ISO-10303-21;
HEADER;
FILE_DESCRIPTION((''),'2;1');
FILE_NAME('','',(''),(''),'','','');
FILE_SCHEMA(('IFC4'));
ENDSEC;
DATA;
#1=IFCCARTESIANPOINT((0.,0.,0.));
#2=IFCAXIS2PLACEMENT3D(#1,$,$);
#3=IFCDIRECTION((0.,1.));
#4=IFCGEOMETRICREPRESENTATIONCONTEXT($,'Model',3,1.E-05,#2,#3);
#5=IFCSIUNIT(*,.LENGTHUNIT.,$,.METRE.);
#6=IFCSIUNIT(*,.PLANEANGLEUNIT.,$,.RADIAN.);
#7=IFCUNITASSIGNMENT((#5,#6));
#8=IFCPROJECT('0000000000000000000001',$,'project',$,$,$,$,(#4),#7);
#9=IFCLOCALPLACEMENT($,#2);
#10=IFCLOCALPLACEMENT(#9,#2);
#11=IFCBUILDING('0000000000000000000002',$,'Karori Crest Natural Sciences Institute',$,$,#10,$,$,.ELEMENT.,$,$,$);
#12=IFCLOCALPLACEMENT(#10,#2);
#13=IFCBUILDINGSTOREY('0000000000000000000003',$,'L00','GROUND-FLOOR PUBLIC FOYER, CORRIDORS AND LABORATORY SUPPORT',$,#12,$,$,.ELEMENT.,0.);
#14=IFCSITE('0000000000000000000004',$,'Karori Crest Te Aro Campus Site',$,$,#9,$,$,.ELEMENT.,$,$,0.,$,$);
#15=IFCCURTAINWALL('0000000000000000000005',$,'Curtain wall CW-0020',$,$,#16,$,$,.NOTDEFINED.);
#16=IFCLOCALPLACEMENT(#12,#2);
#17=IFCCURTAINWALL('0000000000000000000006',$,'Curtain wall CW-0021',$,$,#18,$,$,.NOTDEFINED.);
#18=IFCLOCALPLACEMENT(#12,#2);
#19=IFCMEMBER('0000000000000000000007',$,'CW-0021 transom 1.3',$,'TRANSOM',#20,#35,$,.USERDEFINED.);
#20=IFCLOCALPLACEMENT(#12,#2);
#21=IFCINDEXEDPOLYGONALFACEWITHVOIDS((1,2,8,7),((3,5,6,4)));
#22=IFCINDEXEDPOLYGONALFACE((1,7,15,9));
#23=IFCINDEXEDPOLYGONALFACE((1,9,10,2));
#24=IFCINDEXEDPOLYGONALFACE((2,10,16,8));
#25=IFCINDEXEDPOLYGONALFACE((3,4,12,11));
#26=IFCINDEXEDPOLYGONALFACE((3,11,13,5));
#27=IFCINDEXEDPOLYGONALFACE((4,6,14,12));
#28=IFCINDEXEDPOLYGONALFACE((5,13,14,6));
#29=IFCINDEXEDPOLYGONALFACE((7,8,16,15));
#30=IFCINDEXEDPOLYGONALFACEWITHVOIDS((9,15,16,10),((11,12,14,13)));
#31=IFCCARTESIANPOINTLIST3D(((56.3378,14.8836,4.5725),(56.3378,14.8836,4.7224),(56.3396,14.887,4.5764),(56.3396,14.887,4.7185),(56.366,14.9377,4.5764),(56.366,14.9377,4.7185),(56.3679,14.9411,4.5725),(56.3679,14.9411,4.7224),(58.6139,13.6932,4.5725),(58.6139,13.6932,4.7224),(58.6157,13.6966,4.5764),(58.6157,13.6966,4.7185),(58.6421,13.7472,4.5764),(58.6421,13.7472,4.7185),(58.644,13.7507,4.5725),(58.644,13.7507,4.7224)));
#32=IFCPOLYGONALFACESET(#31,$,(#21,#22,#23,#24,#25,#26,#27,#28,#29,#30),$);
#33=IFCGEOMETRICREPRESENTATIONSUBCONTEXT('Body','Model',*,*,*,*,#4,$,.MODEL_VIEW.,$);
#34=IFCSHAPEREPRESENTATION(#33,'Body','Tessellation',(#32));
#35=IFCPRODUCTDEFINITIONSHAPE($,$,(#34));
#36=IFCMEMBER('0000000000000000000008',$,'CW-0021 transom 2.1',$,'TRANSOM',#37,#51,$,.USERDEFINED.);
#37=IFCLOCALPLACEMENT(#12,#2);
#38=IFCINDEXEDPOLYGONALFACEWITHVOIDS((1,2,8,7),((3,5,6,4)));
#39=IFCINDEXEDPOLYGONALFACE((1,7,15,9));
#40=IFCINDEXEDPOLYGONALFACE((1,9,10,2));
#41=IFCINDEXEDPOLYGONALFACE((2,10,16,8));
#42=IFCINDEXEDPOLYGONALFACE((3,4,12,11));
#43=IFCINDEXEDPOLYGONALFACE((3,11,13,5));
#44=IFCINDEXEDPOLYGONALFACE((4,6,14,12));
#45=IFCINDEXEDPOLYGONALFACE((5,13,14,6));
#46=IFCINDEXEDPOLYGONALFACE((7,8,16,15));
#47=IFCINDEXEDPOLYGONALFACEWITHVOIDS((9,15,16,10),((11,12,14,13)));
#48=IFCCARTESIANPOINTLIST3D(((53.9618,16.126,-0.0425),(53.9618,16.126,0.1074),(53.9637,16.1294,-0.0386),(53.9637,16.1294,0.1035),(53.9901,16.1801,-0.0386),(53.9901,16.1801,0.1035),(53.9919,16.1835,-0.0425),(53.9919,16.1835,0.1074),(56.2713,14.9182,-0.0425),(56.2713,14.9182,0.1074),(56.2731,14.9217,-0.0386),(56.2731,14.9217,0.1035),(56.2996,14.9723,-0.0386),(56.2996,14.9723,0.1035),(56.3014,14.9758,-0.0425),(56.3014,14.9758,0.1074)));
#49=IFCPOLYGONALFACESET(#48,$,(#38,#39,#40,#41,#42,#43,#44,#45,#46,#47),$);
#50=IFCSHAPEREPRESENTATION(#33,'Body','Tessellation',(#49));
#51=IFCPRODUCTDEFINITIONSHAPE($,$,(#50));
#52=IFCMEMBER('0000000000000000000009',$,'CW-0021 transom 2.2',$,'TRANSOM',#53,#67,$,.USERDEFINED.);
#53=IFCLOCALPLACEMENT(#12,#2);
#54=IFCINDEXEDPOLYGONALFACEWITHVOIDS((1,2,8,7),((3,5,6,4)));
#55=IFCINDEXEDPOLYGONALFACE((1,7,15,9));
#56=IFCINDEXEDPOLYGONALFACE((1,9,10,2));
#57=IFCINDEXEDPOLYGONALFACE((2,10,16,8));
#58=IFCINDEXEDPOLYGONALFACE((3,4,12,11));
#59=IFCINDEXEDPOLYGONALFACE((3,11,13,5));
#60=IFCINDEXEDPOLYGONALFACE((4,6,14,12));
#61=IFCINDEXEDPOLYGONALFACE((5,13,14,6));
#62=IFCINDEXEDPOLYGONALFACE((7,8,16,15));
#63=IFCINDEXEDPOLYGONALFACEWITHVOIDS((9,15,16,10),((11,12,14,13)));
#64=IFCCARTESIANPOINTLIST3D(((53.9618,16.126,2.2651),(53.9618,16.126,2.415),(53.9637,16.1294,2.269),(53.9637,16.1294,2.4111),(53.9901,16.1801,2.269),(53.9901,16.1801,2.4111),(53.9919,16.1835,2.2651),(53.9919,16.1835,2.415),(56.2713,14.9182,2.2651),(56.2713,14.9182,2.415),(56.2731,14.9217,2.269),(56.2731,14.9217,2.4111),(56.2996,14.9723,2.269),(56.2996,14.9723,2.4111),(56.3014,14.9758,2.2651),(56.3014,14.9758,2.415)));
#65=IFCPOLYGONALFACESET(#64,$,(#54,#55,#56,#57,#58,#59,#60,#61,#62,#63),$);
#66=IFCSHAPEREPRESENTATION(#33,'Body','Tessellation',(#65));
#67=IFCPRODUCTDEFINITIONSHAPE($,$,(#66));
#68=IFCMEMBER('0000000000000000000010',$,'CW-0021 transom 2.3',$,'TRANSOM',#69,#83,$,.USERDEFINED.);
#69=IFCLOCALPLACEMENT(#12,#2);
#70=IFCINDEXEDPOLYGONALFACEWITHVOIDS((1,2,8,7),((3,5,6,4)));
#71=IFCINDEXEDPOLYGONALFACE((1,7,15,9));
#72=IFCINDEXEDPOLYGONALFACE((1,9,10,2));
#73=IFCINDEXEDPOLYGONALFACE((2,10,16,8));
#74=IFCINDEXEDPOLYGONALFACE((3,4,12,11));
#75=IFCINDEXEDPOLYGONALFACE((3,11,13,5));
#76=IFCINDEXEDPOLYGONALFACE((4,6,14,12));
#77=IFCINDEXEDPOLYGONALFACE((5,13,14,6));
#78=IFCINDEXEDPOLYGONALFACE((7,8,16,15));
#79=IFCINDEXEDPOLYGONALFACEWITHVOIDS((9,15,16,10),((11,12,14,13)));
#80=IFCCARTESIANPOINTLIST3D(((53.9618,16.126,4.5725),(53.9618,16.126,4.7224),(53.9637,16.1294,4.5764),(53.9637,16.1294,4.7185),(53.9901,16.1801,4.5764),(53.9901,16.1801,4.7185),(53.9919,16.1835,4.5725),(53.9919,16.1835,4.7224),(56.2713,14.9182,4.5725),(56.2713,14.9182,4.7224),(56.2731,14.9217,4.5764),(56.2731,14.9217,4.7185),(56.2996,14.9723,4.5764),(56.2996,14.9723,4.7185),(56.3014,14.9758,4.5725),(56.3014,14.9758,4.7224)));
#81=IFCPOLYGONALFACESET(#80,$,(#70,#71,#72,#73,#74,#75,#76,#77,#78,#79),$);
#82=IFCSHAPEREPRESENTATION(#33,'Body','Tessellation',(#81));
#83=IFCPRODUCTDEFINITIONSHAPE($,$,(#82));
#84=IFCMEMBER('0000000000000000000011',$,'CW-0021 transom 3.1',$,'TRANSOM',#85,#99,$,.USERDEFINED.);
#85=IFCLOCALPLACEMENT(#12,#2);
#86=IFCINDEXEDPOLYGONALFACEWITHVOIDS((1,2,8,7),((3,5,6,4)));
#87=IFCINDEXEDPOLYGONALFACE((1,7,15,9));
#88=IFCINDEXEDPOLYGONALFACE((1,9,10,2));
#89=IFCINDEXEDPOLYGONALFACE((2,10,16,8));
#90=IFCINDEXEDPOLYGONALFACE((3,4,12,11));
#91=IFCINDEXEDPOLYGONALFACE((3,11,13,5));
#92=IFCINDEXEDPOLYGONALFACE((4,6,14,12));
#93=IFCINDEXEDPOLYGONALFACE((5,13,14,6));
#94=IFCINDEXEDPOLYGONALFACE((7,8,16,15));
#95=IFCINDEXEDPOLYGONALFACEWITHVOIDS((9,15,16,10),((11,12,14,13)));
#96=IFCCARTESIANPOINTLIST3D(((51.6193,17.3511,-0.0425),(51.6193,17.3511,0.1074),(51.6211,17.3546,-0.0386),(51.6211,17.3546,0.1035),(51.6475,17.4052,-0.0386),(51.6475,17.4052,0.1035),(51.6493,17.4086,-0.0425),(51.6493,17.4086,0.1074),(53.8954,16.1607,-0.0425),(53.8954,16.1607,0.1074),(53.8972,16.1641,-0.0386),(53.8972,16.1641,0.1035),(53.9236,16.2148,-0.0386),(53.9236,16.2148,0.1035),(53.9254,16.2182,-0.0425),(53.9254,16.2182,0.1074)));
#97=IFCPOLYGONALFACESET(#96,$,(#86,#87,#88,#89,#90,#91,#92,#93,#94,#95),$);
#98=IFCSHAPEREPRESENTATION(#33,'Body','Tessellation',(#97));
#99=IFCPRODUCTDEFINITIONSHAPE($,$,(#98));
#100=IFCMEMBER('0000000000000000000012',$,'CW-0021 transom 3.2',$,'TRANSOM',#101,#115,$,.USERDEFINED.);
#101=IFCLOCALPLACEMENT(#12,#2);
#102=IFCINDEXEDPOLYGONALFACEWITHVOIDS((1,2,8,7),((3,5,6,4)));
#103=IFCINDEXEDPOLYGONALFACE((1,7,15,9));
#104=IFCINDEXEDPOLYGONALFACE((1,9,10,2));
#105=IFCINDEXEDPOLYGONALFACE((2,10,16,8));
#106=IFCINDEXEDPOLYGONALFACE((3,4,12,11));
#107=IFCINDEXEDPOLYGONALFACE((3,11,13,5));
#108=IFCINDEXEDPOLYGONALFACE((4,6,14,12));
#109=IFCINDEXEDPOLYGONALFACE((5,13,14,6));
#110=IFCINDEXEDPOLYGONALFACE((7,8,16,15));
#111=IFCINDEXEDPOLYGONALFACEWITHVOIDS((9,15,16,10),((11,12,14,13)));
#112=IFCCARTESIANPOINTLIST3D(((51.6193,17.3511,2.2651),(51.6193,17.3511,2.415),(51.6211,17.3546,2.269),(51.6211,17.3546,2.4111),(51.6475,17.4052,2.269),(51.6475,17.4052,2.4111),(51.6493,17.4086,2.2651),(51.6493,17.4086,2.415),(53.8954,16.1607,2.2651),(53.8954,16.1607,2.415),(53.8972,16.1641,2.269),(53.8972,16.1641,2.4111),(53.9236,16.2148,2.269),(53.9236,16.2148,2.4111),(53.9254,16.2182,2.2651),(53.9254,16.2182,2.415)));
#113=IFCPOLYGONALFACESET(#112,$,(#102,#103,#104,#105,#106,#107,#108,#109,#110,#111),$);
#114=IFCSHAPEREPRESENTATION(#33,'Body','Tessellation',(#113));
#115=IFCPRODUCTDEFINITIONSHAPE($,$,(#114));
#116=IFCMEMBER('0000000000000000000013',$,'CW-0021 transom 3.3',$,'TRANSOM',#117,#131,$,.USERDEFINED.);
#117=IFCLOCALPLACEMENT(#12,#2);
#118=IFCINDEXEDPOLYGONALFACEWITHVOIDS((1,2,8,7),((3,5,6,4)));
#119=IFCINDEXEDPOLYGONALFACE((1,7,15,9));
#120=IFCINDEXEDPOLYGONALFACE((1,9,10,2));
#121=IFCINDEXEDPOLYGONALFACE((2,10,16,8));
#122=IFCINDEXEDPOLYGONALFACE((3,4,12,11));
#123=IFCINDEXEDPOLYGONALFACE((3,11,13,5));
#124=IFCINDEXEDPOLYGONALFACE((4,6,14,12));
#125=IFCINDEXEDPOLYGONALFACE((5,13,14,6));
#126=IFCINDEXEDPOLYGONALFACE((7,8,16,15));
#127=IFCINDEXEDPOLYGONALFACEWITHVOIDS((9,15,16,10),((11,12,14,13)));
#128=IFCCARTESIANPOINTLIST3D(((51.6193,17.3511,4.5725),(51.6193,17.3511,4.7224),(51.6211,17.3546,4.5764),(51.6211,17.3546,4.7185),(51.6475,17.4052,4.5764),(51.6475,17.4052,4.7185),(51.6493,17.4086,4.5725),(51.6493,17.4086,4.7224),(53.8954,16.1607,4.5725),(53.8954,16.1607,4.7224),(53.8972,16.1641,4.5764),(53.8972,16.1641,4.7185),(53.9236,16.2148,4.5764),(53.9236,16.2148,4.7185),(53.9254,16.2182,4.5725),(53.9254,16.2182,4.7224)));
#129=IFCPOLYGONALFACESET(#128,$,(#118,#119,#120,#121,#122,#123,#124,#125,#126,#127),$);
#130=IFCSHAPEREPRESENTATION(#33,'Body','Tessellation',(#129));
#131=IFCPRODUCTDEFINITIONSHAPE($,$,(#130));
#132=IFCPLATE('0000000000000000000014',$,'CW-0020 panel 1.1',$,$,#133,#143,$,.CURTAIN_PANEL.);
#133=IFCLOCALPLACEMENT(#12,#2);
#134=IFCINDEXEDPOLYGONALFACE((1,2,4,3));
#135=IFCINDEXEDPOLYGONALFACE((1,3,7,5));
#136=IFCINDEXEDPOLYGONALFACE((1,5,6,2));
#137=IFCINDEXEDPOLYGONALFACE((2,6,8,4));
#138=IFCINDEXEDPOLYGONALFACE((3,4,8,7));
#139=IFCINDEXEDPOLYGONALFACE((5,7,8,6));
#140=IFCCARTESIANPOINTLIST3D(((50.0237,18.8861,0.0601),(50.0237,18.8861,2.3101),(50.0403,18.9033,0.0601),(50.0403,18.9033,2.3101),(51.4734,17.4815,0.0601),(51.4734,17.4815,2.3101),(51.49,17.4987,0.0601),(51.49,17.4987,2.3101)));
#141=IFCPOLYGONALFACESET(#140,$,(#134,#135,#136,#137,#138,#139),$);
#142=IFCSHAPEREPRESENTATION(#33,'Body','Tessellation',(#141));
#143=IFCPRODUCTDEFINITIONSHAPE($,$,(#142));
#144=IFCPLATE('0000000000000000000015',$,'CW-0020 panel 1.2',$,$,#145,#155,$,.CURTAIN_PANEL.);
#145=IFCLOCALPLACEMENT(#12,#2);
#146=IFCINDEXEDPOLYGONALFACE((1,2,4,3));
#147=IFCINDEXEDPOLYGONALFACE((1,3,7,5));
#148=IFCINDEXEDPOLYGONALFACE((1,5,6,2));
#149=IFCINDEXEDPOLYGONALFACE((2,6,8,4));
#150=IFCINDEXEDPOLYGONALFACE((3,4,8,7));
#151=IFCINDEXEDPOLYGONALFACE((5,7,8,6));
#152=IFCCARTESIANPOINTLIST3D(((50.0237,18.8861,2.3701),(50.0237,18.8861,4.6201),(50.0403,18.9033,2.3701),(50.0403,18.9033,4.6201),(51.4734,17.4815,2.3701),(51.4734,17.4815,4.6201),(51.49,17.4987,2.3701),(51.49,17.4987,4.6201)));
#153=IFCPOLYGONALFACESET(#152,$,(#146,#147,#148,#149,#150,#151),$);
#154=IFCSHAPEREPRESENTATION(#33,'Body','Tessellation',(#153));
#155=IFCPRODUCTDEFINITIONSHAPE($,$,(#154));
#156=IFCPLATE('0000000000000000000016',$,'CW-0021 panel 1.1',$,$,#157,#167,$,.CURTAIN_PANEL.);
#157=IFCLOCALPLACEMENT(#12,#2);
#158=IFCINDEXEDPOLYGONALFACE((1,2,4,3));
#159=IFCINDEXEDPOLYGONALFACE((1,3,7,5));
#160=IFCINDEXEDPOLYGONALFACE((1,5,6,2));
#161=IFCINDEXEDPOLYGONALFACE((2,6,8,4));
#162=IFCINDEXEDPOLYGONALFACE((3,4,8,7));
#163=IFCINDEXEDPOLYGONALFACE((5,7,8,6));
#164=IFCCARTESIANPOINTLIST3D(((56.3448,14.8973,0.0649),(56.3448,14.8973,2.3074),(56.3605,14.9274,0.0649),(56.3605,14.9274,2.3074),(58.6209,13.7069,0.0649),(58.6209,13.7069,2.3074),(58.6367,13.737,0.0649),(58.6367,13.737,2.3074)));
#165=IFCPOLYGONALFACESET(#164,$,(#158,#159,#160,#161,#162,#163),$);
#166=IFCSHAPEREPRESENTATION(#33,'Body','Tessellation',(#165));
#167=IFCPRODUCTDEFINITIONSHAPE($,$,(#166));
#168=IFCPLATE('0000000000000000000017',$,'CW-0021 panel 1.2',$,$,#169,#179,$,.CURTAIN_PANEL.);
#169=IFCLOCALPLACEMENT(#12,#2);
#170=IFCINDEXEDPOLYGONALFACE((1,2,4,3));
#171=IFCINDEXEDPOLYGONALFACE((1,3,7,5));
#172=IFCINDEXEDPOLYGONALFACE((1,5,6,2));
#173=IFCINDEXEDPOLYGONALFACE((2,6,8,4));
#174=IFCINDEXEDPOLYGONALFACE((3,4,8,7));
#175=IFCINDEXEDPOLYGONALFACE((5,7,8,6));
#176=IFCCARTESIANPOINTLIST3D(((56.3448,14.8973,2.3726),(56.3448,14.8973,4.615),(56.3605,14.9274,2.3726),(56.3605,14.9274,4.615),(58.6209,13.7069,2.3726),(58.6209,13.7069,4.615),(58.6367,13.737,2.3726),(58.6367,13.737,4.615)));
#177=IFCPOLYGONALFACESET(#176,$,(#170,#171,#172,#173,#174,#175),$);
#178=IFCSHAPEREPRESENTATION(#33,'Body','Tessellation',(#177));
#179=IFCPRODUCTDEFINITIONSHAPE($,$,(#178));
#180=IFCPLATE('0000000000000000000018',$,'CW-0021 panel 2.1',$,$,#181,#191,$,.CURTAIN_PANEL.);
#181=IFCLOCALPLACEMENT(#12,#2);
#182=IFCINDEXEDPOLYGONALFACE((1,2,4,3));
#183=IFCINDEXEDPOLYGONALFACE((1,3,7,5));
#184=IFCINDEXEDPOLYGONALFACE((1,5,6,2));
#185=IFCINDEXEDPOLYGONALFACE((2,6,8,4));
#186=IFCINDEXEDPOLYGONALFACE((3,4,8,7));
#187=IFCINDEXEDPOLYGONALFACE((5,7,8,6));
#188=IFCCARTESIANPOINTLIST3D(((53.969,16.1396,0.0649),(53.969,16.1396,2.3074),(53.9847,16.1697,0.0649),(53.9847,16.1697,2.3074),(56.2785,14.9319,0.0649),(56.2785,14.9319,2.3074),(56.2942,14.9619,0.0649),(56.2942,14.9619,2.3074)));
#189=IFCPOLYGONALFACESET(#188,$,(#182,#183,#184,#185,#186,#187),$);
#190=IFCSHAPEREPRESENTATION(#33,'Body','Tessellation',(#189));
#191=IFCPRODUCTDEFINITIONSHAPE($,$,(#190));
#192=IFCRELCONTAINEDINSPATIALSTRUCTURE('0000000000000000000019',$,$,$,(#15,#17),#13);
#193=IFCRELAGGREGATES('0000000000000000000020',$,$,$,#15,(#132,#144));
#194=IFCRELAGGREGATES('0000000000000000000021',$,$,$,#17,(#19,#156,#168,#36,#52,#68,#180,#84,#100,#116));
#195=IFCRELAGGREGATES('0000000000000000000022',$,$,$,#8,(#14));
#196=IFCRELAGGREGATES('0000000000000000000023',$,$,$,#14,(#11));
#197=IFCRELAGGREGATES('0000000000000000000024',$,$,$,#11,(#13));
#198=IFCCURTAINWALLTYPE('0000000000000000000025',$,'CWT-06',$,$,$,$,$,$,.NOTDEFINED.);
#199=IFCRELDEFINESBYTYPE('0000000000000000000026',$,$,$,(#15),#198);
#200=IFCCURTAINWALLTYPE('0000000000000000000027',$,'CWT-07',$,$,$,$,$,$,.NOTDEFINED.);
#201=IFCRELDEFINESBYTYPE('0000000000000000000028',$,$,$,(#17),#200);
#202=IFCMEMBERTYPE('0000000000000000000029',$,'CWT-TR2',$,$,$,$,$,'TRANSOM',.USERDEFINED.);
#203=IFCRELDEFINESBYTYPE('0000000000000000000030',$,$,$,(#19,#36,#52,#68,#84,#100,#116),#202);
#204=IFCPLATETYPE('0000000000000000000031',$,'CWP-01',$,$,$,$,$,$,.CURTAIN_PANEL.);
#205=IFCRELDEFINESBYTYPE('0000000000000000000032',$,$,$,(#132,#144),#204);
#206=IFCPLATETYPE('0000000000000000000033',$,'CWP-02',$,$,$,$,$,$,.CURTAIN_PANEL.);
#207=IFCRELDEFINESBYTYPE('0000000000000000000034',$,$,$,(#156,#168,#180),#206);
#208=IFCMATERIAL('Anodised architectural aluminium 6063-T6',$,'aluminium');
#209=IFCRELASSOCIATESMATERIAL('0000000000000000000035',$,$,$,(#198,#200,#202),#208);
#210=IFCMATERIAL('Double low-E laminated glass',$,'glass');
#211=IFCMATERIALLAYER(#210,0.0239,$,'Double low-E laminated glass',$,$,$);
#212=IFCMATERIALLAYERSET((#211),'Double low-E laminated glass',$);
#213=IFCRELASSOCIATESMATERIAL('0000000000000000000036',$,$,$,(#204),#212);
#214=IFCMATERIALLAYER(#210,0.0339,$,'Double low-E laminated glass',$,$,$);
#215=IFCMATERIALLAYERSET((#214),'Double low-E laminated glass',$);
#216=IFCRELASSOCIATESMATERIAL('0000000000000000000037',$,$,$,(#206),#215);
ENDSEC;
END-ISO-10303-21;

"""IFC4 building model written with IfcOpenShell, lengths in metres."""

from ifc_helpers import new_model, si_unit, direction, frame, origin, origin_2d, place, context, subcontext, project, spatial, rectangle, hollow_rectangle, extrude, material, layer, layer_set, material_profile, profile_set, type_object, element, aggregate, save


model = new_model("IFC4")

# Units and contexts
model_context = context("Model", 3, precision=1e-05, world=origin(), true_north=direction((0.0, 1.0)))
body_context = subcontext(model_context, "Body", "Model", "MODEL_VIEW")
ifc_project = project(units=[si_unit("LENGTHUNIT", "METRE"), si_unit("PLANEANGLEUNIT", "RADIAN")], contexts=[model_context])

# Site, building, storey
site_placement = place(None, origin())
site = spatial("IfcSite", under=ifc_project, at=site_placement, Name="Karori Crest Te Aro Campus Site", CompositionType="ELEMENT", RefElevation=0.0)
building_placement = place(site_placement, origin())
building = spatial("IfcBuilding", under=site, at=building_placement, Name="Karori Crest Natural Sciences Institute", CompositionType="ELEMENT")
storey_placement = place(building_placement, origin())
storey = spatial("IfcBuildingStorey", under=building, at=storey_placement, Name="L00", Description="GROUND-FLOOR PUBLIC FOYER, CORRIDORS AND LABORATORY SUPPORT", CompositionType="ELEMENT", Elevation=0.0)

# Curtain wall
ifc_material_1 = material(Name="Anodised architectural aluminium 6063-T6", Category="aluminium")
curtain_wall_type_1 = type_object("IfcCurtainWallType", Name="CWT-06", PredefinedType="NOTDEFINED", material=ifc_material_1)
curtain_wall_1_placement = place(storey_placement, origin())
curtain_wall_1 = element("IfcCurtainWall", 1, at=curtain_wall_1_placement, inside=storey, type_object=curtain_wall_type_1, Name="Curtain wall CW-0020", PredefinedType="NOTDEFINED")

# Curtain wall
curtain_wall_type_2 = type_object("IfcCurtainWallType", Name="CWT-07", PredefinedType="NOTDEFINED", material=ifc_material_1)
curtain_wall_2_placement = place(storey_placement, origin())
curtain_wall_2 = element("IfcCurtainWall", 2, at=curtain_wall_2_placement, inside=storey, type_object=curtain_wall_type_2, Name="Curtain wall CW-0021", PredefinedType="NOTDEFINED")

# Members
ifc_material_profile_1 = material_profile(ifc_material_1, hollow_rectangle(XDim=0.0649, YDim=0.1499, WallThickness=0.0039, at=origin_2d()), Name="CWT150x65x4")
ifc_profile_set_1 = profile_set([ifc_material_profile_1], Name="Anodised architectural aluminium 6063-T6")
member_type_1 = type_object("IfcMemberType", Name="CWT-TR2", ElementType="TRANSOM", PredefinedType="USERDEFINED", material=ifc_profile_set_1)
member_1_placement = place(storey_placement, frame((58.6289, 13.7219, 4.6475), z_axis=(-0.886123, 0.463449, 0.0), x_axis=(-0.463449, -0.886123, 0.0)))
member_1 = element("IfcMember", 3, at=member_1_placement, type_object=member_type_1, Name="CW-0021 transom 1.3", ObjectType="TRANSOM", PredefinedType="USERDEFINED", context=body_context, shape_type="SweptSolid", body=[
    extrude(hollow_rectangle(XDim=0.0649, YDim=0.1499, WallThickness=0.0039, at=origin_2d()), origin(), (0.0, 0.0, 1.0), 2.5686),
])
member_2_placement = place(storey_placement, frame((56.2864, 14.947, 0.0325), z_axis=(-0.886149, 0.463401, 0.0), x_axis=(-0.463401, -0.886149, 0.0)))
member_2 = element("IfcMember", 4, at=member_2_placement, type_object=member_type_1, Name="CW-0021 transom 2.1", ObjectType="TRANSOM", PredefinedType="USERDEFINED", context=body_context, shape_type="SweptSolid", body=[
    extrude(hollow_rectangle(XDim=0.0649, YDim=0.1499, WallThickness=0.0039, at=origin_2d()), origin(), (0.0, 0.0, 1.0), 2.6062),
])
member_3_placement = place(storey_placement, frame((56.2864, 14.947, 2.3401), z_axis=(-0.886149, 0.463401, 0.0), x_axis=(-0.463401, -0.886149, 0.0)))
member_3 = element("IfcMember", 5, at=member_3_placement, type_object=member_type_1, Name="CW-0021 transom 2.2", ObjectType="TRANSOM", PredefinedType="USERDEFINED", context=body_context, shape_type="SweptSolid", body=[
    extrude(hollow_rectangle(XDim=0.0649, YDim=0.1499, WallThickness=0.0039, at=origin_2d()), origin(), (0.0, 0.0, 1.0), 2.6062),
])
member_4_placement = place(storey_placement, frame((56.2864, 14.947, 4.6475), z_axis=(-0.886149, 0.463401, 0.0), x_axis=(-0.463401, -0.886149, 0.0)))
member_4 = element("IfcMember", 6, at=member_4_placement, type_object=member_type_1, Name="CW-0021 transom 2.3", ObjectType="TRANSOM", PredefinedType="USERDEFINED", context=body_context, shape_type="SweptSolid", body=[
    extrude(hollow_rectangle(XDim=0.0649, YDim=0.1499, WallThickness=0.0039, at=origin_2d()), origin(), (0.0, 0.0, 1.0), 2.6062),
])
member_5_placement = place(storey_placement, frame((53.9104, 16.1895, 0.0325), z_axis=(-0.886123, 0.463449, 0.0), x_axis=(-0.463449, -0.886123, 0.0)))
member_5 = element("IfcMember", 7, at=member_5_placement, type_object=member_type_1, Name="CW-0021 transom 3.1", ObjectType="TRANSOM", PredefinedType="USERDEFINED", context=body_context, shape_type="SweptSolid", body=[
    extrude(hollow_rectangle(XDim=0.0649, YDim=0.1499, WallThickness=0.0039, at=origin_2d()), origin(), (0.0, 0.0, 1.0), 2.5686),
])
member_6_placement = place(storey_placement, frame((53.9104, 16.1895, 2.3401), z_axis=(-0.886123, 0.463449, 0.0), x_axis=(-0.463449, -0.886123, 0.0)))
member_6 = element("IfcMember", 8, at=member_6_placement, type_object=member_type_1, Name="CW-0021 transom 3.2", ObjectType="TRANSOM", PredefinedType="USERDEFINED", context=body_context, shape_type="SweptSolid", body=[
    extrude(hollow_rectangle(XDim=0.0649, YDim=0.1499, WallThickness=0.0039, at=origin_2d()), origin(), (0.0, 0.0, 1.0), 2.5686),
])
member_7_placement = place(storey_placement, frame((53.9104, 16.1895, 4.6475), z_axis=(-0.886123, 0.463449, 0.0), x_axis=(-0.463449, -0.886123, 0.0)))
member_7 = element("IfcMember", 9, at=member_7_placement, type_object=member_type_1, Name="CW-0021 transom 3.3", ObjectType="TRANSOM", PredefinedType="USERDEFINED", context=body_context, shape_type="SweptSolid", body=[
    extrude(hollow_rectangle(XDim=0.0649, YDim=0.1499, WallThickness=0.0039, at=origin_2d()), origin(), (0.0, 0.0, 1.0), 2.5686),
])

# Plates
ifc_material_2 = material(Name="Double low-E laminated glass", Category="glass")
ifc_layer_1 = layer(ifc_material_2, 0.0239, Name="Double low-E laminated glass")
ifc_layer_set_1 = layer_set([ifc_layer_1], Name="Double low-E laminated glass")
plate_type_1 = type_object("IfcPlateType", Name="CWP-01", PredefinedType="CURTAIN_PANEL", material=ifc_layer_set_1)
plate_1_placement = place(storey_placement, frame((50.7568, 18.1924, 0.0601), z_axis=(0.0, 0.0, 1.0), x_axis=(-0.718198, 0.695839, 0.0)))
plate_1 = element("IfcPlate", 10, at=plate_1_placement, type_object=plate_type_1, Name="CW-0020 panel 1.1", PredefinedType="CURTAIN_PANEL", context=body_context, shape_type="SweptSolid", body=[
    extrude(rectangle(XDim=2.0186, YDim=0.0239, at=origin_2d()), origin(), (0.0, 0.0, 1.0), 2.25),
])
plate_2_placement = place(storey_placement, frame((50.7568, 18.1924, 2.3701), z_axis=(0.0, 0.0, 1.0), x_axis=(-0.718198, 0.695839, 0.0)))
plate_2 = element("IfcPlate", 11, at=plate_2_placement, type_object=plate_type_1, Name="CW-0020 panel 1.2", PredefinedType="CURTAIN_PANEL", context=body_context, shape_type="SweptSolid", body=[
    extrude(rectangle(XDim=2.0186, YDim=0.0239, at=origin_2d()), origin(), (0.0, 0.0, 1.0), 2.25),
])
aggregate(curtain_wall_1, [plate_1, plate_2])
ifc_layer_2 = layer(ifc_material_2, 0.0339, Name="Double low-E laminated glass")
ifc_layer_set_2 = layer_set([ifc_layer_2], Name="Double low-E laminated glass")
plate_type_2 = type_object("IfcPlateType", Name="CWP-02", PredefinedType="CURTAIN_PANEL", material=ifc_layer_set_2)
plate_3_placement = place(storey_placement, frame((57.4907, 14.3171, 0.0649), z_axis=(0.0, 0.0, 1.0), x_axis=(-0.886136, 0.463426, 0.0)))
plate_3 = element("IfcPlate", 12, at=plate_3_placement, type_object=plate_type_2, Name="CW-0021 panel 1.1", PredefinedType="CURTAIN_PANEL", context=body_context, shape_type="SweptSolid", body=[
    extrude(rectangle(XDim=2.5686, YDim=0.0339, at=origin_2d()), origin(), (0.0, 0.0, 1.0), 2.2424),
])
plate_4_placement = place(storey_placement, frame((57.4907, 14.3171, 2.3726), z_axis=(0.0, 0.0, 1.0), x_axis=(-0.886136, 0.463426, 0.0)))
plate_4 = element("IfcPlate", 13, at=plate_4_placement, type_object=plate_type_2, Name="CW-0021 panel 1.2", PredefinedType="CURTAIN_PANEL", context=body_context, shape_type="SweptSolid", body=[
    extrude(rectangle(XDim=2.5686, YDim=0.0339, at=origin_2d()), origin(), (0.0, 0.0, 1.0), 2.2424),
])
plate_5_placement = place(storey_placement, frame((55.1316, 15.5508, 0.0649), z_axis=(0.0, 0.0, 1.0), x_axis=(-0.886136, 0.463426, 0.0)))
plate_5 = element("IfcPlate", 14, at=plate_5_placement, type_object=plate_type_2, Name="CW-0021 panel 2.1", PredefinedType="CURTAIN_PANEL", context=body_context, shape_type="SweptSolid", body=[
    extrude(rectangle(XDim=2.6062, YDim=0.0339, at=origin_2d()), origin(), (0.0, 0.0, 1.0), 2.2424),
])
aggregate(curtain_wall_2, [member_1, plate_3, plate_4, member_2, member_3, member_4, plate_5, member_5, member_6, member_7])

save(model, "model.ifc")
